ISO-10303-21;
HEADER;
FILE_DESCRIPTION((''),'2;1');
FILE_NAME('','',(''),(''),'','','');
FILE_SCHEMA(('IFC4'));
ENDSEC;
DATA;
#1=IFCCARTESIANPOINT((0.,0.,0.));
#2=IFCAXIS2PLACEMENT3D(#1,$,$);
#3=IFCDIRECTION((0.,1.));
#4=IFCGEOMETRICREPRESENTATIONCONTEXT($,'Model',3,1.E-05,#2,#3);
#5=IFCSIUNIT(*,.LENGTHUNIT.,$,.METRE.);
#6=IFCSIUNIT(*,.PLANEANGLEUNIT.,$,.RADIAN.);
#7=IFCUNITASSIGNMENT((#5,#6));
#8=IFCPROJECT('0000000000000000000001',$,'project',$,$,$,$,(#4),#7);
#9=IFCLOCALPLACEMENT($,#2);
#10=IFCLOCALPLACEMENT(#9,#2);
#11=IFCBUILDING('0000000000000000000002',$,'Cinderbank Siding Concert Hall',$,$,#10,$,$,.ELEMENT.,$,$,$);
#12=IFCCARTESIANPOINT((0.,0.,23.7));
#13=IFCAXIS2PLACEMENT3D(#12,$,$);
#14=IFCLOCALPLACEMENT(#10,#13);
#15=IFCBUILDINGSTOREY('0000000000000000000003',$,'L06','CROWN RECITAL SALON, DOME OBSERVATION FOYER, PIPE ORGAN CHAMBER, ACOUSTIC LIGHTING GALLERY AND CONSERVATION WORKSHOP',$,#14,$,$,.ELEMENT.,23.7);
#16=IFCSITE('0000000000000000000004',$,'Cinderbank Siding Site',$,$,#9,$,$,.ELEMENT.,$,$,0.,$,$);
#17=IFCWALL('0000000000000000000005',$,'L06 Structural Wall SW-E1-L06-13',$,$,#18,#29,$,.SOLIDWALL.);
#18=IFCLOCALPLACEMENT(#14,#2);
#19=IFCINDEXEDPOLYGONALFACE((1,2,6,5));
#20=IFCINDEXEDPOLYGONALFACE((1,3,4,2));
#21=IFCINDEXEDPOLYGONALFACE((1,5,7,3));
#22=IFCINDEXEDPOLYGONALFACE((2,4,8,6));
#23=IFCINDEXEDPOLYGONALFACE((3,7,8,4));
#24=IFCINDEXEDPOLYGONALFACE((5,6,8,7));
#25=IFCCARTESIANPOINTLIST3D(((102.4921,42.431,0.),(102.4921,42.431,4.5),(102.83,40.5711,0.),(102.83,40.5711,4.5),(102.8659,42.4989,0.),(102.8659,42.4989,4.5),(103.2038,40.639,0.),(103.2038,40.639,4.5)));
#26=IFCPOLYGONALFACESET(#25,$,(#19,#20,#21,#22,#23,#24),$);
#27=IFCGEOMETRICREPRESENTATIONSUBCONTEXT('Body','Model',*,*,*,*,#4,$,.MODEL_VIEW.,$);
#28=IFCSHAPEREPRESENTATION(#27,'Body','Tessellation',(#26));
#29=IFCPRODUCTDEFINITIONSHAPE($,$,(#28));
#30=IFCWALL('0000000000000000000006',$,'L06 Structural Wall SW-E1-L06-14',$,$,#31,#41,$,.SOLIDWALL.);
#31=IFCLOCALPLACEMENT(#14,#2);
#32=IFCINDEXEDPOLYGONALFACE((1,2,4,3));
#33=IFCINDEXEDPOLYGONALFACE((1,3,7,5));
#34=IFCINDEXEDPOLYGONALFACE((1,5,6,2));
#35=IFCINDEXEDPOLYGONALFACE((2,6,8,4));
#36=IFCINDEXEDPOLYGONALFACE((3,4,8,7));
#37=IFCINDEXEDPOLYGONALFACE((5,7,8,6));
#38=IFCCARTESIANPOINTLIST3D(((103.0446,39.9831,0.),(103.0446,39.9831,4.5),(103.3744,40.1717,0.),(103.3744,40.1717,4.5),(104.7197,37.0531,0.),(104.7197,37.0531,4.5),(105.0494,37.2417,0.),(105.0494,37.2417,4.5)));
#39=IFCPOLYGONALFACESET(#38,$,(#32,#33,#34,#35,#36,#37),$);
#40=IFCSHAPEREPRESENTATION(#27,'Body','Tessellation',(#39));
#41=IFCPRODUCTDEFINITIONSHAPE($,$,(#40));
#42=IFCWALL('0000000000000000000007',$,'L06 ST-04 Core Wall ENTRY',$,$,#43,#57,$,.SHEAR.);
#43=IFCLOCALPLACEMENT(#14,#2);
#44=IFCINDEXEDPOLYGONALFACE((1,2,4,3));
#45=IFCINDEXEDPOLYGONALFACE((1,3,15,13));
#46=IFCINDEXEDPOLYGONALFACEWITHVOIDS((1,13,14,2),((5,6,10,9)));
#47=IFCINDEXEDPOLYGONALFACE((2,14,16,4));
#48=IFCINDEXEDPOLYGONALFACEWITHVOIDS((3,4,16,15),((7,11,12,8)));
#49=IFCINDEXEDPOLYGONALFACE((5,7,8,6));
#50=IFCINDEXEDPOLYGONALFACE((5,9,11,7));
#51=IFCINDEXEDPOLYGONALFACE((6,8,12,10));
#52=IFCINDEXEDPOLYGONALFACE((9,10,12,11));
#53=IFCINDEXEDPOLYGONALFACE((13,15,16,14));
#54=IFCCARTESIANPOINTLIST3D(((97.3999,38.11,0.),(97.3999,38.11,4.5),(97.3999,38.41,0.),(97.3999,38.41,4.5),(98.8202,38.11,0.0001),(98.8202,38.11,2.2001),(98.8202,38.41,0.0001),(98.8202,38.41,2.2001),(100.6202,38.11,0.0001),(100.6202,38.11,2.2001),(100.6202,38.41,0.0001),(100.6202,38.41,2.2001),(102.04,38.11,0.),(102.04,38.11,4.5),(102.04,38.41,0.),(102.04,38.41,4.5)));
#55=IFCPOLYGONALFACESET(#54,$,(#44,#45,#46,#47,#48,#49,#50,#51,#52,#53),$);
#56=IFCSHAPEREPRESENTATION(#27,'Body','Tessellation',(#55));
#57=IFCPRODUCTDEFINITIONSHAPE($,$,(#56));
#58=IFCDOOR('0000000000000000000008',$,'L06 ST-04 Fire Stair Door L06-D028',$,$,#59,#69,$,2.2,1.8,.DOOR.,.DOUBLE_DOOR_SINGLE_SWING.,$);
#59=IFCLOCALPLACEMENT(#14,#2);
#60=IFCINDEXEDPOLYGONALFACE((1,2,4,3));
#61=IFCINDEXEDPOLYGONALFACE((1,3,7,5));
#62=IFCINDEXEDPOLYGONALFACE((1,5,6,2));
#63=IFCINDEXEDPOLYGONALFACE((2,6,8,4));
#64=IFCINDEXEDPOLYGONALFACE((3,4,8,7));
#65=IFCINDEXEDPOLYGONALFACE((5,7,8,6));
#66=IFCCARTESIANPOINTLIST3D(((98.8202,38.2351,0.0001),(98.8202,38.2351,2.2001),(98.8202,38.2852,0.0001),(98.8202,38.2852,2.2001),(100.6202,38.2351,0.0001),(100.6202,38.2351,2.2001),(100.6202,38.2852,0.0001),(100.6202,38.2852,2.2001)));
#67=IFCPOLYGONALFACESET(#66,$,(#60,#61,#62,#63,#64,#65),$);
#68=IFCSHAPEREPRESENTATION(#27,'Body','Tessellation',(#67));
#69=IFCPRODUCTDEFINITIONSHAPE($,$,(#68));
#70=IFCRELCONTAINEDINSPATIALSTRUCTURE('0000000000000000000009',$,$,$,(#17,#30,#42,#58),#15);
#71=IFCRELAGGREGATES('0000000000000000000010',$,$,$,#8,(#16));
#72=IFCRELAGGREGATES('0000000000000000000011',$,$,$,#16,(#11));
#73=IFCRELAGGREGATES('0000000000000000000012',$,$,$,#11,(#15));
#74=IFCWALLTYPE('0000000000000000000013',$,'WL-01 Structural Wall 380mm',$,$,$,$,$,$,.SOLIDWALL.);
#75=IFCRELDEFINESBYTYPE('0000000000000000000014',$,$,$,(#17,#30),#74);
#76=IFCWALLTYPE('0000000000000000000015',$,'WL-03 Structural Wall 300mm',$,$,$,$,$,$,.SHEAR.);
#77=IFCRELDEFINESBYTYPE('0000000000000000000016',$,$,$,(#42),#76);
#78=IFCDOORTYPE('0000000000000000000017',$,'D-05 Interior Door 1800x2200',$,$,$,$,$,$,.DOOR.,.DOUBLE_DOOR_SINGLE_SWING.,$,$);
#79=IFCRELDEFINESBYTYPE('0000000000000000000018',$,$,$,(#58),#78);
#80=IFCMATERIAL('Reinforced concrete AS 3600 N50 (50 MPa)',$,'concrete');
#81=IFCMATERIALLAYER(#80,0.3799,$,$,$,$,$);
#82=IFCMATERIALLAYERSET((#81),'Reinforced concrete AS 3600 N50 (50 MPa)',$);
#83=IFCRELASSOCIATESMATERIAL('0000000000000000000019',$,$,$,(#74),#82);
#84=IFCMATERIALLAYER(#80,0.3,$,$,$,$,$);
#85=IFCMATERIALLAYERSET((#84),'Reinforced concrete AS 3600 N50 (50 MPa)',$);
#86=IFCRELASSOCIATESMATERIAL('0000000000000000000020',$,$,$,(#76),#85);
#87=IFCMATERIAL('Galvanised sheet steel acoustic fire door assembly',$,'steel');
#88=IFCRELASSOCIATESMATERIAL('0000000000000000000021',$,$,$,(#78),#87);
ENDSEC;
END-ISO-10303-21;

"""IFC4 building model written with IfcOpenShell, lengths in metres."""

from ifc_helpers import new_model, si_unit, direction, frame, frame_2d, origin, place, context, subcontext, project, spatial, rectangle, extrude, material, layer, layer_set, type_object, element, fill, save


model = new_model("IFC4")

# Units and contexts
model_context = context("Model", 3, precision=1e-05, world=origin(), true_north=direction((0.0, 1.0)))
body_context = subcontext(model_context, "Body", "Model", "MODEL_VIEW")
ifc_project = project(units=[si_unit("LENGTHUNIT", "METRE"), si_unit("PLANEANGLEUNIT", "RADIAN")], contexts=[model_context])

# Site, building, storey
site_placement = place(None, origin())
site = spatial("IfcSite", under=ifc_project, at=site_placement, Name="Cinderbank Siding Site", CompositionType="ELEMENT", RefElevation=0.0)
building_placement = place(site_placement, origin())
building = spatial("IfcBuilding", under=site, at=building_placement, Name="Cinderbank Siding Concert Hall", CompositionType="ELEMENT")
storey_placement = place(building_placement, frame((0.0, 0.0, 23.7)))
storey = spatial("IfcBuildingStorey", under=building, at=storey_placement, Name="L06", Description="CROWN RECITAL SALON, DOME OBSERVATION FOYER, PIPE ORGAN CHAMBER, ACOUSTIC LIGHTING GALLERY AND CONSERVATION WORKSHOP", CompositionType="ELEMENT", Elevation=23.7)

# Shared definitions
ifc_material_1 = material(Name="Reinforced concrete AS 3600 N50 (50 MPa)", Category="concrete")

# Walls
ifc_layer_1 = layer(ifc_material_1, 0.3799)
ifc_layer_set_1 = layer_set([ifc_layer_1], Name="Reinforced concrete AS 3600 N50 (50 MPa)")
wall_type_1 = type_object("IfcWallType", Name="WL-01 Structural Wall 380mm", PredefinedType="SOLIDWALL", material=ifc_layer_set_1)
wall_1_placement = place(storey_placement, frame((102.679, 42.4651, 0.0), z_axis=(0.0, 0.0, 1.0), x_axis=(0.178749, -0.983895, 0.0)))
element("IfcWall", 1, at=wall_1_placement, inside=storey, type_object=wall_type_1, Name="L06 Structural Wall SW-E1-L06-13", PredefinedType="SOLIDWALL", context=body_context, shape_type="SweptSolid", body=[
    extrude(rectangle(XDim=1.8904, YDim=0.3799, at=frame_2d((0.9453, 0.0))), origin(), (0.0, 0.0, 1.0), 4.5),
])
wall_2_placement = place(storey_placement, frame((103.2095, 40.0774, 0.0), z_axis=(0.0, 0.0, 1.0), x_axis=(0.496318, -0.868141, 0.0)))
element("IfcWall", 2, at=wall_2_placement, inside=storey, type_object=wall_type_1, Name="L06 Structural Wall SW-E1-L06-14", PredefinedType="SOLIDWALL", context=body_context, shape_type="SweptSolid", body=[
    extrude(rectangle(XDim=3.375, YDim=0.3799, at=frame_2d((1.6875, 0.0))), origin(), (0.0, 0.0, 1.0), 4.5),
])

# Wall, opening, door
ifc_layer_2 = layer(ifc_material_1, 0.3)
ifc_layer_set_2 = layer_set([ifc_layer_2], Name="Reinforced concrete AS 3600 N50 (50 MPa)")
wall_type_2 = type_object("IfcWallType", Name="WL-03 Structural Wall 300mm", PredefinedType="SHEAR", material=ifc_layer_set_2)
wall_3_placement = place(storey_placement, frame((102.04, 38.26, 0.0), z_axis=(0.0, 0.0, 1.0), x_axis=(-1.0, 0.0, 0.0)))
wall_3 = element("IfcWall", 3, at=wall_3_placement, inside=storey, type_object=wall_type_2, Name="L06 ST-04 Core Wall ENTRY", PredefinedType="SHEAR", context=body_context, shape_type="SweptSolid", body=[
    extrude(rectangle(XDim=4.6401, YDim=0.3, at=frame_2d((2.3201, 0.0))), origin(), (0.0, 0.0, 1.0), 4.5),
])
opening_placement = place(wall_3_placement, frame((1.4199, 0.0, 0.0)))
opening = element("IfcOpeningElement", 4, at=opening_placement, cuts=wall_3, PredefinedType="OPENING", context=body_context, shape_type="SweptSolid", body=[
    extrude(rectangle(XDim=1.8, YDim=2.2, at=frame_2d((0.8999, 1.1001))), frame((0.0, 0.1621, 0.0), z_axis=(0.0, -1.0, 0.0), x_axis=(1.0, 0.0, 0.0)), (0.0, 0.0, 1.0), 0.324),
])
ifc_material_2 = material(Name="Galvanised sheet steel acoustic fire door assembly", Category="steel")
door_type = type_object("IfcDoorType", Name="D-05 Interior Door 1800x2200", OperationType="DOUBLE_DOOR_SINGLE_SWING", PredefinedType="DOOR", material=ifc_material_2)
door_placement = place(opening_placement, origin())
door = element("IfcDoor", 5, at=door_placement, inside=storey, type_object=door_type, Name="L06 ST-04 Fire Stair Door L06-D028", OperationType="DOUBLE_DOOR_SINGLE_SWING", OverallHeight=2.2, OverallWidth=1.8, PredefinedType="DOOR", context=body_context, shape_type="SweptSolid", body=[
    extrude(rectangle(XDim=1.8, YDim=2.2, at=frame_2d((0.8999, 1.1001))), frame((0.0, 0.0249, 0.0), z_axis=(0.0, -1.0, 0.0), x_axis=(1.0, 0.0, 0.0)), (0.0, 0.0, 1.0), 0.05),
])
fill(opening, door)

save(model, "model.ifc")
